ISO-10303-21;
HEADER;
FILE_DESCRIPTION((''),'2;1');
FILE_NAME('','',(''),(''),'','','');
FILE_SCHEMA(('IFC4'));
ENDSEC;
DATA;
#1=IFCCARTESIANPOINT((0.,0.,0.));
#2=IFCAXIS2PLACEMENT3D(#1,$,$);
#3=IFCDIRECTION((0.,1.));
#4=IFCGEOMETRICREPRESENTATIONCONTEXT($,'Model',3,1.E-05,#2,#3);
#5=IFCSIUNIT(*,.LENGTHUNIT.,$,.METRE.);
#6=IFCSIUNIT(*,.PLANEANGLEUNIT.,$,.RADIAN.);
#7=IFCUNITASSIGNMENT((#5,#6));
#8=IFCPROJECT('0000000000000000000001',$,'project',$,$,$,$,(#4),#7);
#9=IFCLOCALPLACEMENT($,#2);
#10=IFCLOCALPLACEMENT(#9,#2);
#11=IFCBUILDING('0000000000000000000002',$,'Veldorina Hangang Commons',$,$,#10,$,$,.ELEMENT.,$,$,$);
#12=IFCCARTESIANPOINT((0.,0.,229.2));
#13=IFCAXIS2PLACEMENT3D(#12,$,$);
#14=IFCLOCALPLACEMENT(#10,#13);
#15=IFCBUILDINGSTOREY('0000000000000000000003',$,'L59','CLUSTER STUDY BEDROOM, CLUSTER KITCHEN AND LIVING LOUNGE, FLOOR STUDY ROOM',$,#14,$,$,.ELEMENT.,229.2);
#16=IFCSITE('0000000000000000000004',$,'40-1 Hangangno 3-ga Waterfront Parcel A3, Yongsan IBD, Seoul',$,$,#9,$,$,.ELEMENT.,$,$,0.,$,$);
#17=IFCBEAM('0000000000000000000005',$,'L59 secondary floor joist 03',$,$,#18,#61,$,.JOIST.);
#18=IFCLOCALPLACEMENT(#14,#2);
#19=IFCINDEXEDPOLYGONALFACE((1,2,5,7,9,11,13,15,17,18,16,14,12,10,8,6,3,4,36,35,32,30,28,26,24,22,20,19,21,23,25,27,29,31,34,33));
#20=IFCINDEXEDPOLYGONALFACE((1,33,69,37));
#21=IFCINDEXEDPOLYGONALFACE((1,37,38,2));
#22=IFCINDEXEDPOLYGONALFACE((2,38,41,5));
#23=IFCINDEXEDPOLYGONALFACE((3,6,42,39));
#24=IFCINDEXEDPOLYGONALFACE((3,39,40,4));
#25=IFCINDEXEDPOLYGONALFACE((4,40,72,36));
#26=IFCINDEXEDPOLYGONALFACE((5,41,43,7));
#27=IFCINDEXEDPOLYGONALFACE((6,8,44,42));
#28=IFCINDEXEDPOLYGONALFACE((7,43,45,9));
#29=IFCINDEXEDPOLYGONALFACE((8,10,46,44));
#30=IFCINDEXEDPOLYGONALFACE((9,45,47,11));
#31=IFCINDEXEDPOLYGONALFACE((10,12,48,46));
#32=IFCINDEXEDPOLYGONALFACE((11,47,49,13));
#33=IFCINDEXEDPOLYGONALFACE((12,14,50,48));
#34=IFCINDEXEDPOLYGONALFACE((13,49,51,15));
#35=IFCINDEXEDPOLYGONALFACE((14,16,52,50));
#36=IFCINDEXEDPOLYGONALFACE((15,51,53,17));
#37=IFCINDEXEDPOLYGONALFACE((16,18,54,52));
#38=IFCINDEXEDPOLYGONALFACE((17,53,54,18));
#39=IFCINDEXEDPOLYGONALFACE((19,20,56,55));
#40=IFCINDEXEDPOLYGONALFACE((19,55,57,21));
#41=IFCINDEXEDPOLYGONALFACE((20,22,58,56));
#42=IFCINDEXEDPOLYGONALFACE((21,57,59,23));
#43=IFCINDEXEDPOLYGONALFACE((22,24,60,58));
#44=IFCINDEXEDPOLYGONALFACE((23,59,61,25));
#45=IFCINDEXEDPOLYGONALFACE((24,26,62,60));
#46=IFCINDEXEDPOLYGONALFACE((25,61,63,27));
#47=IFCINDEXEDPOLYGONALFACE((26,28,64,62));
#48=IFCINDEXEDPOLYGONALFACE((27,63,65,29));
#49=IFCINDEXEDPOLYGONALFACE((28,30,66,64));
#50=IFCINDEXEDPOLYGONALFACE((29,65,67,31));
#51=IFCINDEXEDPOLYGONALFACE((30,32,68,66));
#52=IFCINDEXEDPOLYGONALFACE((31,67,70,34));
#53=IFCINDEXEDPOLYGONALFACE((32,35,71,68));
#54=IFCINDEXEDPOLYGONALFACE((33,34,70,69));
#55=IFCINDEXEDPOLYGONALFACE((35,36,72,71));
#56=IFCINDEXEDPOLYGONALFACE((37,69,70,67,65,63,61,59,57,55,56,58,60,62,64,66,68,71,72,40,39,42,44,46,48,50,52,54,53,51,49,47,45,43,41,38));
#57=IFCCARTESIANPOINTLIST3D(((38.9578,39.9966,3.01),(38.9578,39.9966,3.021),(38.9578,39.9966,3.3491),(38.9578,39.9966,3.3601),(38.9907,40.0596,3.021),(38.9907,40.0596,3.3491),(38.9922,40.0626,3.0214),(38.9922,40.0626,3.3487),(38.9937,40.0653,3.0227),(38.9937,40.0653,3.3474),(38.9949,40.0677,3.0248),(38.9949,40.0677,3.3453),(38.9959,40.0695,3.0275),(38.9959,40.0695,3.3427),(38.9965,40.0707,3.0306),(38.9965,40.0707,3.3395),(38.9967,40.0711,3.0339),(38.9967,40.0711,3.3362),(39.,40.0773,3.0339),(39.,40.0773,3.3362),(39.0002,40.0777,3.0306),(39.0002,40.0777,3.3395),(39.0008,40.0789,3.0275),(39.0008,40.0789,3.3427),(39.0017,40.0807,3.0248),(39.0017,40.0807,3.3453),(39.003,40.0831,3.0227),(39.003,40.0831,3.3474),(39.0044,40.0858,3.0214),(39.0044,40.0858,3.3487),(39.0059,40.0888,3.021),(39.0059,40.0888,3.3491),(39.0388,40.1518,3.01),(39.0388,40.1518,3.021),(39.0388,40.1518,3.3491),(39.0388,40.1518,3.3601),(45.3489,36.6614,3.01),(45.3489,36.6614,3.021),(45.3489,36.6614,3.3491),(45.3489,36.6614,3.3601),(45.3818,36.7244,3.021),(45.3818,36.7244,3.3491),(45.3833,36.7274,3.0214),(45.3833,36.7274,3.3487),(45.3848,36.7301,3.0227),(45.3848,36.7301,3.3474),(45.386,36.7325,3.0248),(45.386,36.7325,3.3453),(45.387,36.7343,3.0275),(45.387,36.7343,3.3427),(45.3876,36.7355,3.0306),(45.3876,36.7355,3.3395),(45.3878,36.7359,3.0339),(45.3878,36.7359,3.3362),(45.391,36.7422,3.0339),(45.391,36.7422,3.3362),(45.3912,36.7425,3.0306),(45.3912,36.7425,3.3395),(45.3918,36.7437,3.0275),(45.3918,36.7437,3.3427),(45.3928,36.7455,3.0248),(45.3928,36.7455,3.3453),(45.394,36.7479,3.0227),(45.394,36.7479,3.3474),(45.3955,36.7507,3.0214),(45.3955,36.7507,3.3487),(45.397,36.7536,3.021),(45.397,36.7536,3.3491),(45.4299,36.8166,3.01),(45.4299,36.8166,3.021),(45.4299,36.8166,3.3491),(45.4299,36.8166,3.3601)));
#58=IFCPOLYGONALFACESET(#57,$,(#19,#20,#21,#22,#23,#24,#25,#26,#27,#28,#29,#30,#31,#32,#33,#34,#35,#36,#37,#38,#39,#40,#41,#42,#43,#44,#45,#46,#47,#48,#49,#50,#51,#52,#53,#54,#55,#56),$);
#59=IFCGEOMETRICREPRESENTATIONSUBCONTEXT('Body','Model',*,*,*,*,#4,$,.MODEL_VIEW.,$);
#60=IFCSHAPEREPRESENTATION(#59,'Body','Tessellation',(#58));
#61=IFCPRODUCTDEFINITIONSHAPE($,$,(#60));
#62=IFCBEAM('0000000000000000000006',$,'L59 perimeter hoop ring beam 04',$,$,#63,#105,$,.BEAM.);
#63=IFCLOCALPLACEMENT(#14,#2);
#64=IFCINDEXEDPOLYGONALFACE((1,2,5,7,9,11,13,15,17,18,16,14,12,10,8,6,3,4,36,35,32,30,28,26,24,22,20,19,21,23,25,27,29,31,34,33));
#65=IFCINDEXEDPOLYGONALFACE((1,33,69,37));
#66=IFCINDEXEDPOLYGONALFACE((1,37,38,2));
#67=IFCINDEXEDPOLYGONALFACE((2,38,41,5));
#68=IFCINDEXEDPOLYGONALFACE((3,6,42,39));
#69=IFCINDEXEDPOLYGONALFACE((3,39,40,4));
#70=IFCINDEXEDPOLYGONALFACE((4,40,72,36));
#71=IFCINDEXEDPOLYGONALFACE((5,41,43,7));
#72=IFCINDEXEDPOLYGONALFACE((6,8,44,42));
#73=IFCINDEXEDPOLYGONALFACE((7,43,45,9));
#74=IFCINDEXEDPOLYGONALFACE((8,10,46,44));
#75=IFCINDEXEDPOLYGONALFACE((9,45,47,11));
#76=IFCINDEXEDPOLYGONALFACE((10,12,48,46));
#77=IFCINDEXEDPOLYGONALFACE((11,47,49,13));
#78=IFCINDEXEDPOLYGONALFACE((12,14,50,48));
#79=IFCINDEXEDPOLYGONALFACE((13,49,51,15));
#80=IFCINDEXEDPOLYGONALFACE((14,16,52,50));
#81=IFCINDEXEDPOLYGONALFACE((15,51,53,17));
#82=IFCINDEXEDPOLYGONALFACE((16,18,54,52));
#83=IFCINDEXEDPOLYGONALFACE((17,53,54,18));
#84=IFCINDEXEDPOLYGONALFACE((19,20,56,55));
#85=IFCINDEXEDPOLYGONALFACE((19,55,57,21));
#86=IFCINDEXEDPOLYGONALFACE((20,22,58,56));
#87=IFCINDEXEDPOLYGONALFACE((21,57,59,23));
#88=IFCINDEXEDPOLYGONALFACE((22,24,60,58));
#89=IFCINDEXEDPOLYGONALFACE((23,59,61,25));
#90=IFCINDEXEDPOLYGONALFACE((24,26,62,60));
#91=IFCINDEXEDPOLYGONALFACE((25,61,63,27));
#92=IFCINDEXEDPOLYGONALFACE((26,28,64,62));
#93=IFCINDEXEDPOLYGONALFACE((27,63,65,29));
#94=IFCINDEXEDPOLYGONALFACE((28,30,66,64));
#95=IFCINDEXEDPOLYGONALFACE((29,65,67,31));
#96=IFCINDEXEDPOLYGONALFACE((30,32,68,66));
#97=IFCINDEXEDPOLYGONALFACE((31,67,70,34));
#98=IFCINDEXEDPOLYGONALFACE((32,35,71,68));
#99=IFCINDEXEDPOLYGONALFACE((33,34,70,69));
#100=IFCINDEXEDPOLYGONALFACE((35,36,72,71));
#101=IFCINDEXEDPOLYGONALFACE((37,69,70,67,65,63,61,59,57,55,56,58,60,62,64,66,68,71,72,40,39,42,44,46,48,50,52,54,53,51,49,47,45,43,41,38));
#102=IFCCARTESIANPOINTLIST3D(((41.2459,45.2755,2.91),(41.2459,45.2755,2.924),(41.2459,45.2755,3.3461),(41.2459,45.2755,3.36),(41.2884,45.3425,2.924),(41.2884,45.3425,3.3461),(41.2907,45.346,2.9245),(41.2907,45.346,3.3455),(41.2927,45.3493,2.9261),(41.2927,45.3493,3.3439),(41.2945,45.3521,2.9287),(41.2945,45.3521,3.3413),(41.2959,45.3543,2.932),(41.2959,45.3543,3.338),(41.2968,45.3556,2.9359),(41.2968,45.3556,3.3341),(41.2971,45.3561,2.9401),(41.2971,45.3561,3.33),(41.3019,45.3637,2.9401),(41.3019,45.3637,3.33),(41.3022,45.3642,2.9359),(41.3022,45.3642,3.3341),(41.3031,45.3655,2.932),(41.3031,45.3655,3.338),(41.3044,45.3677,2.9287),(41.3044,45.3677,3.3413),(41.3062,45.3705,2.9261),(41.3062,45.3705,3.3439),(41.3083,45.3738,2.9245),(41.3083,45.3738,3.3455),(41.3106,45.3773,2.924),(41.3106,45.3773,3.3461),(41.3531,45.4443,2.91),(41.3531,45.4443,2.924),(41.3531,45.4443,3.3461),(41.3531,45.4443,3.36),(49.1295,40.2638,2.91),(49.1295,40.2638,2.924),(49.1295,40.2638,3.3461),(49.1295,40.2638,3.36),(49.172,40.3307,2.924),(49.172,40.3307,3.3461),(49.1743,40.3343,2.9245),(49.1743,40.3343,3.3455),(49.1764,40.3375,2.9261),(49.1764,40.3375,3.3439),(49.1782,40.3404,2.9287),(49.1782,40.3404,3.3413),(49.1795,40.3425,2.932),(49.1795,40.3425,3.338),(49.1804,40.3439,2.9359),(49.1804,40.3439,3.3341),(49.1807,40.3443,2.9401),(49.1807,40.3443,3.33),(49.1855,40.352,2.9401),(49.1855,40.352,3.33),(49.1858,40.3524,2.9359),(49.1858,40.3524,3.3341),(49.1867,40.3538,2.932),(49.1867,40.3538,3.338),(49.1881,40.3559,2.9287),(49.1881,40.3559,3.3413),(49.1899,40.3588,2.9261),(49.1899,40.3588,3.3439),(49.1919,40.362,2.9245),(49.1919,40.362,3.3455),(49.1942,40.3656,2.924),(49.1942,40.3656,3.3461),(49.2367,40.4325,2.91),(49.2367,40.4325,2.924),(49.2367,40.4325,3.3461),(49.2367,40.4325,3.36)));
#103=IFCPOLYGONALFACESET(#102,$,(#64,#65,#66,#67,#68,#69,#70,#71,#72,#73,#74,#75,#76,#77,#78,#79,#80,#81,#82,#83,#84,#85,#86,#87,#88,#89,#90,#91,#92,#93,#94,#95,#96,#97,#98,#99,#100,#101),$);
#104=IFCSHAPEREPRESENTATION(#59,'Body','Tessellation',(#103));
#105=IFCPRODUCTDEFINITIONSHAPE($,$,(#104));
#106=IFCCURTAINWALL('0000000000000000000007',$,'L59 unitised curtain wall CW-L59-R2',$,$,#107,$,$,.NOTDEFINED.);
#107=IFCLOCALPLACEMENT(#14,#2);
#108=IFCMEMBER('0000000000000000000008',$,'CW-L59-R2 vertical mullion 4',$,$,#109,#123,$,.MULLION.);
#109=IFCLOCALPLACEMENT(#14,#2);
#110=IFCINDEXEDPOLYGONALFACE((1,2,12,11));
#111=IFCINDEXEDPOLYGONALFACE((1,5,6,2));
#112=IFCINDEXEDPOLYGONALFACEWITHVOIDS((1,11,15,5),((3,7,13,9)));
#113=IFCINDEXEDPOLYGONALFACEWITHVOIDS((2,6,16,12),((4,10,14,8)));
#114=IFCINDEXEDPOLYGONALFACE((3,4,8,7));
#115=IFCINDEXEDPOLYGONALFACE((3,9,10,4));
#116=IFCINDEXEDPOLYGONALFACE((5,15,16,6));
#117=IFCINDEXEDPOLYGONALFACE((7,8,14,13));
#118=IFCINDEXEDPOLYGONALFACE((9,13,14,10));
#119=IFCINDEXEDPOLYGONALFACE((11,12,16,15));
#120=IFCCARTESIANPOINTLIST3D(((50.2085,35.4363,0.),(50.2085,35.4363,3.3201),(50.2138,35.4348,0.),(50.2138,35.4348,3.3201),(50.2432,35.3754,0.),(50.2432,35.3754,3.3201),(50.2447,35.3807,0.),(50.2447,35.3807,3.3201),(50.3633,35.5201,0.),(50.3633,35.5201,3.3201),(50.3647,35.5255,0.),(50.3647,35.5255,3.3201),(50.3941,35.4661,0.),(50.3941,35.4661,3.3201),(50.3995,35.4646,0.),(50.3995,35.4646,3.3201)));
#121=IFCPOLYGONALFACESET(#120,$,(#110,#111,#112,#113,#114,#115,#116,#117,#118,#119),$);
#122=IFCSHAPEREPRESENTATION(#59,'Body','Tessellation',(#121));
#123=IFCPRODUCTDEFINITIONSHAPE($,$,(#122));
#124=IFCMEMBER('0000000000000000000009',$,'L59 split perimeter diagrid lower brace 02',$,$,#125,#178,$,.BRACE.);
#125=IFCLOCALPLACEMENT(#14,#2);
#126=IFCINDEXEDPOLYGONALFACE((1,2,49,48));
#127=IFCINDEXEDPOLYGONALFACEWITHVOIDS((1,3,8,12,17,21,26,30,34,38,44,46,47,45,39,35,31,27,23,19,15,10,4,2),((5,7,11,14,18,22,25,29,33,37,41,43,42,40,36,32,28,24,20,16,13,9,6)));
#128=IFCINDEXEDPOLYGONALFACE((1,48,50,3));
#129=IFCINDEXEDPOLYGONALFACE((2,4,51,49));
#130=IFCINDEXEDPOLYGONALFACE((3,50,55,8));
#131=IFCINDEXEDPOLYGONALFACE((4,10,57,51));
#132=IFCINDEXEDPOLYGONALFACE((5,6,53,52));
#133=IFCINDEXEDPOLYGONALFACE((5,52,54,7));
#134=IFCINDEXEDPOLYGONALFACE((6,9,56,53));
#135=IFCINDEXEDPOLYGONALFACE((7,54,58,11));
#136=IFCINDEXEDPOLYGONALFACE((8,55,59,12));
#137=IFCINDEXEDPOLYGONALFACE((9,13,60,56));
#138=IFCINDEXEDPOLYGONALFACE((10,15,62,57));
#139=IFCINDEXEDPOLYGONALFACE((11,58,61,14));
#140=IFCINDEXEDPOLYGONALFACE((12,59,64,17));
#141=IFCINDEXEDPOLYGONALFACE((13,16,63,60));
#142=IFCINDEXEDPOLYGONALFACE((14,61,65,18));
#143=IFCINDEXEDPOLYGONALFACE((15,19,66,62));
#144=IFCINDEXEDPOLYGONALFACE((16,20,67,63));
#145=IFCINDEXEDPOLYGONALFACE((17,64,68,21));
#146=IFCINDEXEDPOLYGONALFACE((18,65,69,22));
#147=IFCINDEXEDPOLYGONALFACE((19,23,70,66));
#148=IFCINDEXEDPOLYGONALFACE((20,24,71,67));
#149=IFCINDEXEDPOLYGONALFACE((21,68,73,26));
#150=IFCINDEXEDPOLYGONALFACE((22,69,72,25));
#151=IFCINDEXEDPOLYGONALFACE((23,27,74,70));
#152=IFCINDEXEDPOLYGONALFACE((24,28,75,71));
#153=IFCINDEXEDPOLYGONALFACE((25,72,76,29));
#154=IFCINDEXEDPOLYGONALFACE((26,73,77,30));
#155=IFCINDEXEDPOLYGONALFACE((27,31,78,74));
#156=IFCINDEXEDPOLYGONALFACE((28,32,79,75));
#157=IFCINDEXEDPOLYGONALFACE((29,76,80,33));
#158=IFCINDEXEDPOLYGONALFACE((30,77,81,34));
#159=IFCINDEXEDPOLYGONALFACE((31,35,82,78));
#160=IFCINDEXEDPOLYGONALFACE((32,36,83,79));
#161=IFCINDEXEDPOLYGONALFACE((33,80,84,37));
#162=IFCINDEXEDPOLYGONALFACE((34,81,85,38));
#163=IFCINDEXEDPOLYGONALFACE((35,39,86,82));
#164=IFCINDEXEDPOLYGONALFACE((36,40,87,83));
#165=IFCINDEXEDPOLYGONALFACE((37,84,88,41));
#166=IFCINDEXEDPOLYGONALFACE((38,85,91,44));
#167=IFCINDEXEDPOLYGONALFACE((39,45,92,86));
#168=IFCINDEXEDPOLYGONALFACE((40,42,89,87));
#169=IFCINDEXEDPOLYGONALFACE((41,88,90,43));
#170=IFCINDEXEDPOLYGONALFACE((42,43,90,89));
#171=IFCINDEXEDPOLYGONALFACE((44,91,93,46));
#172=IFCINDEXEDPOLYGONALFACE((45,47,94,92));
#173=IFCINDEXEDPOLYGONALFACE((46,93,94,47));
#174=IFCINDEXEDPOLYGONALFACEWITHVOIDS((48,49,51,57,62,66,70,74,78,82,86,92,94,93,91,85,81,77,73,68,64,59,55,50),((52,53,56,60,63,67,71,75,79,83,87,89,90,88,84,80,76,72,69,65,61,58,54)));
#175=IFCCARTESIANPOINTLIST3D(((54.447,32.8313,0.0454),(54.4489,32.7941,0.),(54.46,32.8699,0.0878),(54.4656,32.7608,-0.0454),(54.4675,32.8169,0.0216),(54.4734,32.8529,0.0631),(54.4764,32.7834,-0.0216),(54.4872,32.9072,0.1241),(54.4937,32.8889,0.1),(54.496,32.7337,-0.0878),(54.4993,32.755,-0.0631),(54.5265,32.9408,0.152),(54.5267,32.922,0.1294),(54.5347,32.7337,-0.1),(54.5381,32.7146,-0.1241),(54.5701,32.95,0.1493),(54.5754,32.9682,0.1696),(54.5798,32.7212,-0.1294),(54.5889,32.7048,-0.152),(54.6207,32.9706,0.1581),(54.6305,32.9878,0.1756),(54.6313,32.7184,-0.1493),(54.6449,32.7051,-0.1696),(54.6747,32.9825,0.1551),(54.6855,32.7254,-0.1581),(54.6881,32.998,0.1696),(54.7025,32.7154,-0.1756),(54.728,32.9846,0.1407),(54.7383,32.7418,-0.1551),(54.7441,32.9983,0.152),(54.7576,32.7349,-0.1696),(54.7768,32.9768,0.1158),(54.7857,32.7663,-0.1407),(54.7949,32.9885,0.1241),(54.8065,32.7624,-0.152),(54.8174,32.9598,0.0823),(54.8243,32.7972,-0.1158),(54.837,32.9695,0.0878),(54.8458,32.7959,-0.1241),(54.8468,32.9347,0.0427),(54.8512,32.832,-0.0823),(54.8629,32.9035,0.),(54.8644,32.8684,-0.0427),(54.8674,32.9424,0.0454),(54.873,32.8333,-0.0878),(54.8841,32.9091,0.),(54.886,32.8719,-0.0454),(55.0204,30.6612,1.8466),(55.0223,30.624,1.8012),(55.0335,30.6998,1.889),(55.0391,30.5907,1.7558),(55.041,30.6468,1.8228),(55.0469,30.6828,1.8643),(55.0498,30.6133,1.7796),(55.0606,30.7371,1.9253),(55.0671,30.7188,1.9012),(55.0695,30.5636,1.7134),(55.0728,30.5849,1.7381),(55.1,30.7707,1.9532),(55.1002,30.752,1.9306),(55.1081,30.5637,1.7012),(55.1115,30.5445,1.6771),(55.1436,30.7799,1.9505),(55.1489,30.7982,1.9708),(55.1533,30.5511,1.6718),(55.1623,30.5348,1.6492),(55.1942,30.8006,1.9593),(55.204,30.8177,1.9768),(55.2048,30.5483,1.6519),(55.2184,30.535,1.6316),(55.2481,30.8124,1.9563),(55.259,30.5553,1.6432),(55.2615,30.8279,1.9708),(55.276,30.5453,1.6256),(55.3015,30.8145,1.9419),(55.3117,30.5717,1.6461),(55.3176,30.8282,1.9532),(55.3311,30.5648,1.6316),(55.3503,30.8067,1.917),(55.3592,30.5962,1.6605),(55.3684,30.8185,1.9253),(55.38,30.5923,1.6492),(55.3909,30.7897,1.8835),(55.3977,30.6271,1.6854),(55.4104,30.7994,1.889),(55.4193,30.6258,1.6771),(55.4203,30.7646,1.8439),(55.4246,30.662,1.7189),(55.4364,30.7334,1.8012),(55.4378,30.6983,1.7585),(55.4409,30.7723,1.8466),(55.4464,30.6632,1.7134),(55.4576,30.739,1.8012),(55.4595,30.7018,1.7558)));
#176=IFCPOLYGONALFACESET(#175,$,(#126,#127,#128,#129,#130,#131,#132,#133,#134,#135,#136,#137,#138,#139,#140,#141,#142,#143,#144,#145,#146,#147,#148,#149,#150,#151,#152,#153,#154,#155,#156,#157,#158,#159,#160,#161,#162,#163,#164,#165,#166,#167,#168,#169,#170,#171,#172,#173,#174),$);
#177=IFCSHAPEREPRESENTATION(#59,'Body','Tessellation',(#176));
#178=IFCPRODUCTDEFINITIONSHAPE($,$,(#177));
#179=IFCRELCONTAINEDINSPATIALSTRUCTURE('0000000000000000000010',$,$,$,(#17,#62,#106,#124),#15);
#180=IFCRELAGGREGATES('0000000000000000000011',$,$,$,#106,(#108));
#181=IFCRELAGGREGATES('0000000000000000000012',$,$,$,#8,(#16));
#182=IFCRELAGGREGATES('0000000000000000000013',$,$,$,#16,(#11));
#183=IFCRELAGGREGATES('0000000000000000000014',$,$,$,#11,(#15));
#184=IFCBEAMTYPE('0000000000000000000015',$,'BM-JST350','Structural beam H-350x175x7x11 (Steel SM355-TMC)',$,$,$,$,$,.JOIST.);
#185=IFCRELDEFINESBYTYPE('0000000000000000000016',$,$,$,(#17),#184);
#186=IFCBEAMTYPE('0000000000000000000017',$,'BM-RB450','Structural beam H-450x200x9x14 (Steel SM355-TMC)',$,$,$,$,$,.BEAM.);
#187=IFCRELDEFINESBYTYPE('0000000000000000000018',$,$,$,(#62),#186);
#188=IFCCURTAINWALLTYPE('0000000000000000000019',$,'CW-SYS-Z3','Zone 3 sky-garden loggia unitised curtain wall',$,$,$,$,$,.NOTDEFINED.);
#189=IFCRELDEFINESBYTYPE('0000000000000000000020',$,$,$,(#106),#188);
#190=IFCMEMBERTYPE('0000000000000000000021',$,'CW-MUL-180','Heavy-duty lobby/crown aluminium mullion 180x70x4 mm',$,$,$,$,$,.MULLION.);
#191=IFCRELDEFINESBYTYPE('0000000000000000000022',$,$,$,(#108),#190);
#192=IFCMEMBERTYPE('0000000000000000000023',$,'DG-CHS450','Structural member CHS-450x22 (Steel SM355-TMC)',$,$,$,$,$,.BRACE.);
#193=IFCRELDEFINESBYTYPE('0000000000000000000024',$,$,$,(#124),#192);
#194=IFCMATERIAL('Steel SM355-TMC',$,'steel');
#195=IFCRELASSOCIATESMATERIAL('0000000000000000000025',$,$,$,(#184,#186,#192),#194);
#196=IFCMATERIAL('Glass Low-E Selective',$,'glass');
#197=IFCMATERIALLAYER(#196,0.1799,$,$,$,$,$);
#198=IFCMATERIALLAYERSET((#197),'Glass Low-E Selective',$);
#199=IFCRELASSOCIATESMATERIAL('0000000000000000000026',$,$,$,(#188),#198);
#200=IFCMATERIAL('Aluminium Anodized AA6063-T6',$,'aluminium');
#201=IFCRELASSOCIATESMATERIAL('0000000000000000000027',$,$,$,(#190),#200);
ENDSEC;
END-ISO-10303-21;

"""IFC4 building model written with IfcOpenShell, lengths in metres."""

from ifc_helpers import new_model, si_unit, direction, frame, origin, origin_2d, place, context, subcontext, project, spatial, hollow_rectangle, hollow_circle, i_section, extrude, material, layer, layer_set, material_profile, profile_set, type_object, element, aggregate, save


model = new_model("IFC4")

# Units and contexts
model_context = context("Model", 3, precision=1e-05, world=origin(), true_north=direction((0.0, 1.0)))
body_context = subcontext(model_context, "Body", "Model", "MODEL_VIEW")
ifc_project = project(units=[si_unit("LENGTHUNIT", "METRE"), si_unit("PLANEANGLEUNIT", "RADIAN")], contexts=[model_context])

# Site, building, storey
site_placement = place(None, origin())
site = spatial("IfcSite", under=ifc_project, at=site_placement, Name="40-1 Hangangno 3-ga Waterfront Parcel A3, Yongsan IBD, Seoul", CompositionType="ELEMENT", RefElevation=0.0)
building_placement = place(site_placement, origin())
building = spatial("IfcBuilding", under=site, at=building_placement, Name="Veldorina Hangang Commons", CompositionType="ELEMENT")
storey_placement = place(building_placement, frame((0.0, 0.0, 229.2)))
storey = spatial("IfcBuildingStorey", under=building, at=storey_placement, Name="L59", Description="CLUSTER STUDY BEDROOM, CLUSTER KITCHEN AND LIVING LOUNGE, FLOOR STUDY ROOM", CompositionType="ELEMENT", Elevation=229.2)

# Beams
ifc_material_1 = material(Name="Steel SM355-TMC", Category="steel")
ifc_material_profile_1 = material_profile(ifc_material_1, i_section(OverallWidth=0.175, OverallDepth=0.3501, WebThickness=0.0071, FlangeThickness=0.011, FilletRadius=0.0129, at=origin_2d()), Name="H-350x175x7x11")
ifc_profile_set_1 = profile_set([ifc_material_profile_1], Name="Steel SM355-TMC")
beam_type_1 = type_object("IfcBeamType", Name="BM-JST350", Description="Structural beam H-350x175x7x11 (Steel SM355-TMC)", PredefinedType="JOIST", material=ifc_profile_set_1)
beam_1_placement = place(storey_placement, frame((45.3894, 36.739, 3.1851), z_axis=(-0.886544, 0.462644, 0.0), x_axis=(-0.462644, -0.886544, 0.0)))
element("IfcBeam", 1, at=beam_1_placement, inside=storey, type_object=beam_type_1, Name="L59 secondary floor joist 03", PredefinedType="JOIST", context=body_context, shape_type="SweptSolid", body=[
    extrude(i_section(OverallWidth=0.175, OverallDepth=0.3501, WebThickness=0.0071, FlangeThickness=0.011, FilletRadius=0.0129, at=origin_2d()), origin(), (0.0, 0.0, 1.0), 7.209),
])
ifc_material_profile_2 = material_profile(ifc_material_1, i_section(OverallWidth=0.2, OverallDepth=0.45, WebThickness=0.009, FlangeThickness=0.0139, FilletRadius=0.0161, at=origin_2d()), Name="H-450x200x9x14")
ifc_profile_set_2 = profile_set([ifc_material_profile_2], Name="Steel SM355-TMC")
beam_type_2 = type_object("IfcBeamType", Name="BM-RB450", Description="Structural beam H-450x200x9x14 (Steel SM355-TMC)", PredefinedType="BEAM", material=ifc_profile_set_2)
beam_2_placement = place(storey_placement, frame((49.1831, 40.3481, 3.135), z_axis=(-0.843908, 0.536488, 0.0), x_axis=(-0.536488, -0.843908, 0.0)))
element("IfcBeam", 2, at=beam_2_placement, inside=storey, type_object=beam_type_2, Name="L59 perimeter hoop ring beam 04", PredefinedType="BEAM", context=body_context, shape_type="SweptSolid", body=[
    extrude(i_section(OverallWidth=0.2, OverallDepth=0.45, WebThickness=0.009, FlangeThickness=0.0139, FilletRadius=0.0161, at=origin_2d()), origin(), (0.0, 0.0, 1.0), 9.3418),
])

# Curtain wall, member
ifc_material_2 = material(Name="Glass Low-E Selective", Category="glass")
ifc_layer_1 = layer(ifc_material_2, 0.1799)
ifc_layer_set_1 = layer_set([ifc_layer_1], Name="Glass Low-E Selective")
curtain_wall_type = type_object("IfcCurtainWallType", Name="CW-SYS-Z3", Description="Zone 3 sky-garden loggia unitised curtain wall", PredefinedType="NOTDEFINED", material=ifc_layer_set_1)
curtain_wall_placement = place(storey_placement, origin())
curtain_wall = element("IfcCurtainWall", 3, at=curtain_wall_placement, inside=storey, type_object=curtain_wall_type, Name="L59 unitised curtain wall CW-L59-R2", PredefinedType="NOTDEFINED")
ifc_material_3 = material(Name="Aluminium Anodized AA6063-T6", Category="aluminium")
ifc_material_profile_3 = material_profile(ifc_material_3, hollow_rectangle(XDim=0.0701, YDim=0.1799, WallThickness=0.0039, at=origin_2d()), Name="ALU-RHS-180x70x4")
ifc_profile_set_3 = profile_set([ifc_material_profile_3], Name="Aluminium Anodized AA6063-T6")
member_type_1 = type_object("IfcMemberType", Name="CW-MUL-180", Description="Heavy-duty lobby/crown aluminium mullion 180x70x4 mm", PredefinedType="MULLION", material=ifc_profile_set_3)
member_1_placement = place(storey_placement, frame((50.304, 35.4504, 0.0), z_axis=(0.0, 0.0, 1.0), x_axis=(0.495792, -0.868441, 0.0)))
member_1 = element("IfcMember", 4, at=member_1_placement, type_object=member_type_1, Name="CW-L59-R2 vertical mullion 4", PredefinedType="MULLION", context=body_context, shape_type="SweptSolid", body=[
    extrude(hollow_rectangle(XDim=0.0701, YDim=0.1799, WallThickness=0.0039, at=origin_2d()), origin(), (0.0, 0.0, 1.0), 3.3201),
])

# Member
ifc_material_profile_4 = material_profile(ifc_material_1, hollow_circle(Radius=0.2251, WallThickness=0.022, at=origin_2d()), Name="CHS-450x22")
ifc_profile_set_4 = profile_set([ifc_material_profile_4], Name="Steel SM355-TMC")
member_type_2 = type_object("IfcMemberType", Name="DG-CHS450", Description="Structural member CHS-450x22 (Steel SM355-TMC)", PredefinedType="BRACE", material=ifc_profile_set_4)
member_2_placement = place(storey_placement, frame((54.6665, 32.8516, 0.0), z_axis=(0.199263, -0.754045, 0.625868), x_axis=(0.966812, 0.255489, 0.0)))
element("IfcMember", 5, at=member_2_placement, inside=storey, type_object=member_type_2, Name="L59 split perimeter diagrid lower brace 02", PredefinedType="BRACE", context=body_context, shape_type="SweptSolid", body=[
    extrude(hollow_circle(Radius=0.2251, WallThickness=0.022, at=origin_2d()), origin(), (0.0, 0.0, 1.0), 2.8779),
])

aggregate(curtain_wall, [member_1])

save(model, "model.ifc")
